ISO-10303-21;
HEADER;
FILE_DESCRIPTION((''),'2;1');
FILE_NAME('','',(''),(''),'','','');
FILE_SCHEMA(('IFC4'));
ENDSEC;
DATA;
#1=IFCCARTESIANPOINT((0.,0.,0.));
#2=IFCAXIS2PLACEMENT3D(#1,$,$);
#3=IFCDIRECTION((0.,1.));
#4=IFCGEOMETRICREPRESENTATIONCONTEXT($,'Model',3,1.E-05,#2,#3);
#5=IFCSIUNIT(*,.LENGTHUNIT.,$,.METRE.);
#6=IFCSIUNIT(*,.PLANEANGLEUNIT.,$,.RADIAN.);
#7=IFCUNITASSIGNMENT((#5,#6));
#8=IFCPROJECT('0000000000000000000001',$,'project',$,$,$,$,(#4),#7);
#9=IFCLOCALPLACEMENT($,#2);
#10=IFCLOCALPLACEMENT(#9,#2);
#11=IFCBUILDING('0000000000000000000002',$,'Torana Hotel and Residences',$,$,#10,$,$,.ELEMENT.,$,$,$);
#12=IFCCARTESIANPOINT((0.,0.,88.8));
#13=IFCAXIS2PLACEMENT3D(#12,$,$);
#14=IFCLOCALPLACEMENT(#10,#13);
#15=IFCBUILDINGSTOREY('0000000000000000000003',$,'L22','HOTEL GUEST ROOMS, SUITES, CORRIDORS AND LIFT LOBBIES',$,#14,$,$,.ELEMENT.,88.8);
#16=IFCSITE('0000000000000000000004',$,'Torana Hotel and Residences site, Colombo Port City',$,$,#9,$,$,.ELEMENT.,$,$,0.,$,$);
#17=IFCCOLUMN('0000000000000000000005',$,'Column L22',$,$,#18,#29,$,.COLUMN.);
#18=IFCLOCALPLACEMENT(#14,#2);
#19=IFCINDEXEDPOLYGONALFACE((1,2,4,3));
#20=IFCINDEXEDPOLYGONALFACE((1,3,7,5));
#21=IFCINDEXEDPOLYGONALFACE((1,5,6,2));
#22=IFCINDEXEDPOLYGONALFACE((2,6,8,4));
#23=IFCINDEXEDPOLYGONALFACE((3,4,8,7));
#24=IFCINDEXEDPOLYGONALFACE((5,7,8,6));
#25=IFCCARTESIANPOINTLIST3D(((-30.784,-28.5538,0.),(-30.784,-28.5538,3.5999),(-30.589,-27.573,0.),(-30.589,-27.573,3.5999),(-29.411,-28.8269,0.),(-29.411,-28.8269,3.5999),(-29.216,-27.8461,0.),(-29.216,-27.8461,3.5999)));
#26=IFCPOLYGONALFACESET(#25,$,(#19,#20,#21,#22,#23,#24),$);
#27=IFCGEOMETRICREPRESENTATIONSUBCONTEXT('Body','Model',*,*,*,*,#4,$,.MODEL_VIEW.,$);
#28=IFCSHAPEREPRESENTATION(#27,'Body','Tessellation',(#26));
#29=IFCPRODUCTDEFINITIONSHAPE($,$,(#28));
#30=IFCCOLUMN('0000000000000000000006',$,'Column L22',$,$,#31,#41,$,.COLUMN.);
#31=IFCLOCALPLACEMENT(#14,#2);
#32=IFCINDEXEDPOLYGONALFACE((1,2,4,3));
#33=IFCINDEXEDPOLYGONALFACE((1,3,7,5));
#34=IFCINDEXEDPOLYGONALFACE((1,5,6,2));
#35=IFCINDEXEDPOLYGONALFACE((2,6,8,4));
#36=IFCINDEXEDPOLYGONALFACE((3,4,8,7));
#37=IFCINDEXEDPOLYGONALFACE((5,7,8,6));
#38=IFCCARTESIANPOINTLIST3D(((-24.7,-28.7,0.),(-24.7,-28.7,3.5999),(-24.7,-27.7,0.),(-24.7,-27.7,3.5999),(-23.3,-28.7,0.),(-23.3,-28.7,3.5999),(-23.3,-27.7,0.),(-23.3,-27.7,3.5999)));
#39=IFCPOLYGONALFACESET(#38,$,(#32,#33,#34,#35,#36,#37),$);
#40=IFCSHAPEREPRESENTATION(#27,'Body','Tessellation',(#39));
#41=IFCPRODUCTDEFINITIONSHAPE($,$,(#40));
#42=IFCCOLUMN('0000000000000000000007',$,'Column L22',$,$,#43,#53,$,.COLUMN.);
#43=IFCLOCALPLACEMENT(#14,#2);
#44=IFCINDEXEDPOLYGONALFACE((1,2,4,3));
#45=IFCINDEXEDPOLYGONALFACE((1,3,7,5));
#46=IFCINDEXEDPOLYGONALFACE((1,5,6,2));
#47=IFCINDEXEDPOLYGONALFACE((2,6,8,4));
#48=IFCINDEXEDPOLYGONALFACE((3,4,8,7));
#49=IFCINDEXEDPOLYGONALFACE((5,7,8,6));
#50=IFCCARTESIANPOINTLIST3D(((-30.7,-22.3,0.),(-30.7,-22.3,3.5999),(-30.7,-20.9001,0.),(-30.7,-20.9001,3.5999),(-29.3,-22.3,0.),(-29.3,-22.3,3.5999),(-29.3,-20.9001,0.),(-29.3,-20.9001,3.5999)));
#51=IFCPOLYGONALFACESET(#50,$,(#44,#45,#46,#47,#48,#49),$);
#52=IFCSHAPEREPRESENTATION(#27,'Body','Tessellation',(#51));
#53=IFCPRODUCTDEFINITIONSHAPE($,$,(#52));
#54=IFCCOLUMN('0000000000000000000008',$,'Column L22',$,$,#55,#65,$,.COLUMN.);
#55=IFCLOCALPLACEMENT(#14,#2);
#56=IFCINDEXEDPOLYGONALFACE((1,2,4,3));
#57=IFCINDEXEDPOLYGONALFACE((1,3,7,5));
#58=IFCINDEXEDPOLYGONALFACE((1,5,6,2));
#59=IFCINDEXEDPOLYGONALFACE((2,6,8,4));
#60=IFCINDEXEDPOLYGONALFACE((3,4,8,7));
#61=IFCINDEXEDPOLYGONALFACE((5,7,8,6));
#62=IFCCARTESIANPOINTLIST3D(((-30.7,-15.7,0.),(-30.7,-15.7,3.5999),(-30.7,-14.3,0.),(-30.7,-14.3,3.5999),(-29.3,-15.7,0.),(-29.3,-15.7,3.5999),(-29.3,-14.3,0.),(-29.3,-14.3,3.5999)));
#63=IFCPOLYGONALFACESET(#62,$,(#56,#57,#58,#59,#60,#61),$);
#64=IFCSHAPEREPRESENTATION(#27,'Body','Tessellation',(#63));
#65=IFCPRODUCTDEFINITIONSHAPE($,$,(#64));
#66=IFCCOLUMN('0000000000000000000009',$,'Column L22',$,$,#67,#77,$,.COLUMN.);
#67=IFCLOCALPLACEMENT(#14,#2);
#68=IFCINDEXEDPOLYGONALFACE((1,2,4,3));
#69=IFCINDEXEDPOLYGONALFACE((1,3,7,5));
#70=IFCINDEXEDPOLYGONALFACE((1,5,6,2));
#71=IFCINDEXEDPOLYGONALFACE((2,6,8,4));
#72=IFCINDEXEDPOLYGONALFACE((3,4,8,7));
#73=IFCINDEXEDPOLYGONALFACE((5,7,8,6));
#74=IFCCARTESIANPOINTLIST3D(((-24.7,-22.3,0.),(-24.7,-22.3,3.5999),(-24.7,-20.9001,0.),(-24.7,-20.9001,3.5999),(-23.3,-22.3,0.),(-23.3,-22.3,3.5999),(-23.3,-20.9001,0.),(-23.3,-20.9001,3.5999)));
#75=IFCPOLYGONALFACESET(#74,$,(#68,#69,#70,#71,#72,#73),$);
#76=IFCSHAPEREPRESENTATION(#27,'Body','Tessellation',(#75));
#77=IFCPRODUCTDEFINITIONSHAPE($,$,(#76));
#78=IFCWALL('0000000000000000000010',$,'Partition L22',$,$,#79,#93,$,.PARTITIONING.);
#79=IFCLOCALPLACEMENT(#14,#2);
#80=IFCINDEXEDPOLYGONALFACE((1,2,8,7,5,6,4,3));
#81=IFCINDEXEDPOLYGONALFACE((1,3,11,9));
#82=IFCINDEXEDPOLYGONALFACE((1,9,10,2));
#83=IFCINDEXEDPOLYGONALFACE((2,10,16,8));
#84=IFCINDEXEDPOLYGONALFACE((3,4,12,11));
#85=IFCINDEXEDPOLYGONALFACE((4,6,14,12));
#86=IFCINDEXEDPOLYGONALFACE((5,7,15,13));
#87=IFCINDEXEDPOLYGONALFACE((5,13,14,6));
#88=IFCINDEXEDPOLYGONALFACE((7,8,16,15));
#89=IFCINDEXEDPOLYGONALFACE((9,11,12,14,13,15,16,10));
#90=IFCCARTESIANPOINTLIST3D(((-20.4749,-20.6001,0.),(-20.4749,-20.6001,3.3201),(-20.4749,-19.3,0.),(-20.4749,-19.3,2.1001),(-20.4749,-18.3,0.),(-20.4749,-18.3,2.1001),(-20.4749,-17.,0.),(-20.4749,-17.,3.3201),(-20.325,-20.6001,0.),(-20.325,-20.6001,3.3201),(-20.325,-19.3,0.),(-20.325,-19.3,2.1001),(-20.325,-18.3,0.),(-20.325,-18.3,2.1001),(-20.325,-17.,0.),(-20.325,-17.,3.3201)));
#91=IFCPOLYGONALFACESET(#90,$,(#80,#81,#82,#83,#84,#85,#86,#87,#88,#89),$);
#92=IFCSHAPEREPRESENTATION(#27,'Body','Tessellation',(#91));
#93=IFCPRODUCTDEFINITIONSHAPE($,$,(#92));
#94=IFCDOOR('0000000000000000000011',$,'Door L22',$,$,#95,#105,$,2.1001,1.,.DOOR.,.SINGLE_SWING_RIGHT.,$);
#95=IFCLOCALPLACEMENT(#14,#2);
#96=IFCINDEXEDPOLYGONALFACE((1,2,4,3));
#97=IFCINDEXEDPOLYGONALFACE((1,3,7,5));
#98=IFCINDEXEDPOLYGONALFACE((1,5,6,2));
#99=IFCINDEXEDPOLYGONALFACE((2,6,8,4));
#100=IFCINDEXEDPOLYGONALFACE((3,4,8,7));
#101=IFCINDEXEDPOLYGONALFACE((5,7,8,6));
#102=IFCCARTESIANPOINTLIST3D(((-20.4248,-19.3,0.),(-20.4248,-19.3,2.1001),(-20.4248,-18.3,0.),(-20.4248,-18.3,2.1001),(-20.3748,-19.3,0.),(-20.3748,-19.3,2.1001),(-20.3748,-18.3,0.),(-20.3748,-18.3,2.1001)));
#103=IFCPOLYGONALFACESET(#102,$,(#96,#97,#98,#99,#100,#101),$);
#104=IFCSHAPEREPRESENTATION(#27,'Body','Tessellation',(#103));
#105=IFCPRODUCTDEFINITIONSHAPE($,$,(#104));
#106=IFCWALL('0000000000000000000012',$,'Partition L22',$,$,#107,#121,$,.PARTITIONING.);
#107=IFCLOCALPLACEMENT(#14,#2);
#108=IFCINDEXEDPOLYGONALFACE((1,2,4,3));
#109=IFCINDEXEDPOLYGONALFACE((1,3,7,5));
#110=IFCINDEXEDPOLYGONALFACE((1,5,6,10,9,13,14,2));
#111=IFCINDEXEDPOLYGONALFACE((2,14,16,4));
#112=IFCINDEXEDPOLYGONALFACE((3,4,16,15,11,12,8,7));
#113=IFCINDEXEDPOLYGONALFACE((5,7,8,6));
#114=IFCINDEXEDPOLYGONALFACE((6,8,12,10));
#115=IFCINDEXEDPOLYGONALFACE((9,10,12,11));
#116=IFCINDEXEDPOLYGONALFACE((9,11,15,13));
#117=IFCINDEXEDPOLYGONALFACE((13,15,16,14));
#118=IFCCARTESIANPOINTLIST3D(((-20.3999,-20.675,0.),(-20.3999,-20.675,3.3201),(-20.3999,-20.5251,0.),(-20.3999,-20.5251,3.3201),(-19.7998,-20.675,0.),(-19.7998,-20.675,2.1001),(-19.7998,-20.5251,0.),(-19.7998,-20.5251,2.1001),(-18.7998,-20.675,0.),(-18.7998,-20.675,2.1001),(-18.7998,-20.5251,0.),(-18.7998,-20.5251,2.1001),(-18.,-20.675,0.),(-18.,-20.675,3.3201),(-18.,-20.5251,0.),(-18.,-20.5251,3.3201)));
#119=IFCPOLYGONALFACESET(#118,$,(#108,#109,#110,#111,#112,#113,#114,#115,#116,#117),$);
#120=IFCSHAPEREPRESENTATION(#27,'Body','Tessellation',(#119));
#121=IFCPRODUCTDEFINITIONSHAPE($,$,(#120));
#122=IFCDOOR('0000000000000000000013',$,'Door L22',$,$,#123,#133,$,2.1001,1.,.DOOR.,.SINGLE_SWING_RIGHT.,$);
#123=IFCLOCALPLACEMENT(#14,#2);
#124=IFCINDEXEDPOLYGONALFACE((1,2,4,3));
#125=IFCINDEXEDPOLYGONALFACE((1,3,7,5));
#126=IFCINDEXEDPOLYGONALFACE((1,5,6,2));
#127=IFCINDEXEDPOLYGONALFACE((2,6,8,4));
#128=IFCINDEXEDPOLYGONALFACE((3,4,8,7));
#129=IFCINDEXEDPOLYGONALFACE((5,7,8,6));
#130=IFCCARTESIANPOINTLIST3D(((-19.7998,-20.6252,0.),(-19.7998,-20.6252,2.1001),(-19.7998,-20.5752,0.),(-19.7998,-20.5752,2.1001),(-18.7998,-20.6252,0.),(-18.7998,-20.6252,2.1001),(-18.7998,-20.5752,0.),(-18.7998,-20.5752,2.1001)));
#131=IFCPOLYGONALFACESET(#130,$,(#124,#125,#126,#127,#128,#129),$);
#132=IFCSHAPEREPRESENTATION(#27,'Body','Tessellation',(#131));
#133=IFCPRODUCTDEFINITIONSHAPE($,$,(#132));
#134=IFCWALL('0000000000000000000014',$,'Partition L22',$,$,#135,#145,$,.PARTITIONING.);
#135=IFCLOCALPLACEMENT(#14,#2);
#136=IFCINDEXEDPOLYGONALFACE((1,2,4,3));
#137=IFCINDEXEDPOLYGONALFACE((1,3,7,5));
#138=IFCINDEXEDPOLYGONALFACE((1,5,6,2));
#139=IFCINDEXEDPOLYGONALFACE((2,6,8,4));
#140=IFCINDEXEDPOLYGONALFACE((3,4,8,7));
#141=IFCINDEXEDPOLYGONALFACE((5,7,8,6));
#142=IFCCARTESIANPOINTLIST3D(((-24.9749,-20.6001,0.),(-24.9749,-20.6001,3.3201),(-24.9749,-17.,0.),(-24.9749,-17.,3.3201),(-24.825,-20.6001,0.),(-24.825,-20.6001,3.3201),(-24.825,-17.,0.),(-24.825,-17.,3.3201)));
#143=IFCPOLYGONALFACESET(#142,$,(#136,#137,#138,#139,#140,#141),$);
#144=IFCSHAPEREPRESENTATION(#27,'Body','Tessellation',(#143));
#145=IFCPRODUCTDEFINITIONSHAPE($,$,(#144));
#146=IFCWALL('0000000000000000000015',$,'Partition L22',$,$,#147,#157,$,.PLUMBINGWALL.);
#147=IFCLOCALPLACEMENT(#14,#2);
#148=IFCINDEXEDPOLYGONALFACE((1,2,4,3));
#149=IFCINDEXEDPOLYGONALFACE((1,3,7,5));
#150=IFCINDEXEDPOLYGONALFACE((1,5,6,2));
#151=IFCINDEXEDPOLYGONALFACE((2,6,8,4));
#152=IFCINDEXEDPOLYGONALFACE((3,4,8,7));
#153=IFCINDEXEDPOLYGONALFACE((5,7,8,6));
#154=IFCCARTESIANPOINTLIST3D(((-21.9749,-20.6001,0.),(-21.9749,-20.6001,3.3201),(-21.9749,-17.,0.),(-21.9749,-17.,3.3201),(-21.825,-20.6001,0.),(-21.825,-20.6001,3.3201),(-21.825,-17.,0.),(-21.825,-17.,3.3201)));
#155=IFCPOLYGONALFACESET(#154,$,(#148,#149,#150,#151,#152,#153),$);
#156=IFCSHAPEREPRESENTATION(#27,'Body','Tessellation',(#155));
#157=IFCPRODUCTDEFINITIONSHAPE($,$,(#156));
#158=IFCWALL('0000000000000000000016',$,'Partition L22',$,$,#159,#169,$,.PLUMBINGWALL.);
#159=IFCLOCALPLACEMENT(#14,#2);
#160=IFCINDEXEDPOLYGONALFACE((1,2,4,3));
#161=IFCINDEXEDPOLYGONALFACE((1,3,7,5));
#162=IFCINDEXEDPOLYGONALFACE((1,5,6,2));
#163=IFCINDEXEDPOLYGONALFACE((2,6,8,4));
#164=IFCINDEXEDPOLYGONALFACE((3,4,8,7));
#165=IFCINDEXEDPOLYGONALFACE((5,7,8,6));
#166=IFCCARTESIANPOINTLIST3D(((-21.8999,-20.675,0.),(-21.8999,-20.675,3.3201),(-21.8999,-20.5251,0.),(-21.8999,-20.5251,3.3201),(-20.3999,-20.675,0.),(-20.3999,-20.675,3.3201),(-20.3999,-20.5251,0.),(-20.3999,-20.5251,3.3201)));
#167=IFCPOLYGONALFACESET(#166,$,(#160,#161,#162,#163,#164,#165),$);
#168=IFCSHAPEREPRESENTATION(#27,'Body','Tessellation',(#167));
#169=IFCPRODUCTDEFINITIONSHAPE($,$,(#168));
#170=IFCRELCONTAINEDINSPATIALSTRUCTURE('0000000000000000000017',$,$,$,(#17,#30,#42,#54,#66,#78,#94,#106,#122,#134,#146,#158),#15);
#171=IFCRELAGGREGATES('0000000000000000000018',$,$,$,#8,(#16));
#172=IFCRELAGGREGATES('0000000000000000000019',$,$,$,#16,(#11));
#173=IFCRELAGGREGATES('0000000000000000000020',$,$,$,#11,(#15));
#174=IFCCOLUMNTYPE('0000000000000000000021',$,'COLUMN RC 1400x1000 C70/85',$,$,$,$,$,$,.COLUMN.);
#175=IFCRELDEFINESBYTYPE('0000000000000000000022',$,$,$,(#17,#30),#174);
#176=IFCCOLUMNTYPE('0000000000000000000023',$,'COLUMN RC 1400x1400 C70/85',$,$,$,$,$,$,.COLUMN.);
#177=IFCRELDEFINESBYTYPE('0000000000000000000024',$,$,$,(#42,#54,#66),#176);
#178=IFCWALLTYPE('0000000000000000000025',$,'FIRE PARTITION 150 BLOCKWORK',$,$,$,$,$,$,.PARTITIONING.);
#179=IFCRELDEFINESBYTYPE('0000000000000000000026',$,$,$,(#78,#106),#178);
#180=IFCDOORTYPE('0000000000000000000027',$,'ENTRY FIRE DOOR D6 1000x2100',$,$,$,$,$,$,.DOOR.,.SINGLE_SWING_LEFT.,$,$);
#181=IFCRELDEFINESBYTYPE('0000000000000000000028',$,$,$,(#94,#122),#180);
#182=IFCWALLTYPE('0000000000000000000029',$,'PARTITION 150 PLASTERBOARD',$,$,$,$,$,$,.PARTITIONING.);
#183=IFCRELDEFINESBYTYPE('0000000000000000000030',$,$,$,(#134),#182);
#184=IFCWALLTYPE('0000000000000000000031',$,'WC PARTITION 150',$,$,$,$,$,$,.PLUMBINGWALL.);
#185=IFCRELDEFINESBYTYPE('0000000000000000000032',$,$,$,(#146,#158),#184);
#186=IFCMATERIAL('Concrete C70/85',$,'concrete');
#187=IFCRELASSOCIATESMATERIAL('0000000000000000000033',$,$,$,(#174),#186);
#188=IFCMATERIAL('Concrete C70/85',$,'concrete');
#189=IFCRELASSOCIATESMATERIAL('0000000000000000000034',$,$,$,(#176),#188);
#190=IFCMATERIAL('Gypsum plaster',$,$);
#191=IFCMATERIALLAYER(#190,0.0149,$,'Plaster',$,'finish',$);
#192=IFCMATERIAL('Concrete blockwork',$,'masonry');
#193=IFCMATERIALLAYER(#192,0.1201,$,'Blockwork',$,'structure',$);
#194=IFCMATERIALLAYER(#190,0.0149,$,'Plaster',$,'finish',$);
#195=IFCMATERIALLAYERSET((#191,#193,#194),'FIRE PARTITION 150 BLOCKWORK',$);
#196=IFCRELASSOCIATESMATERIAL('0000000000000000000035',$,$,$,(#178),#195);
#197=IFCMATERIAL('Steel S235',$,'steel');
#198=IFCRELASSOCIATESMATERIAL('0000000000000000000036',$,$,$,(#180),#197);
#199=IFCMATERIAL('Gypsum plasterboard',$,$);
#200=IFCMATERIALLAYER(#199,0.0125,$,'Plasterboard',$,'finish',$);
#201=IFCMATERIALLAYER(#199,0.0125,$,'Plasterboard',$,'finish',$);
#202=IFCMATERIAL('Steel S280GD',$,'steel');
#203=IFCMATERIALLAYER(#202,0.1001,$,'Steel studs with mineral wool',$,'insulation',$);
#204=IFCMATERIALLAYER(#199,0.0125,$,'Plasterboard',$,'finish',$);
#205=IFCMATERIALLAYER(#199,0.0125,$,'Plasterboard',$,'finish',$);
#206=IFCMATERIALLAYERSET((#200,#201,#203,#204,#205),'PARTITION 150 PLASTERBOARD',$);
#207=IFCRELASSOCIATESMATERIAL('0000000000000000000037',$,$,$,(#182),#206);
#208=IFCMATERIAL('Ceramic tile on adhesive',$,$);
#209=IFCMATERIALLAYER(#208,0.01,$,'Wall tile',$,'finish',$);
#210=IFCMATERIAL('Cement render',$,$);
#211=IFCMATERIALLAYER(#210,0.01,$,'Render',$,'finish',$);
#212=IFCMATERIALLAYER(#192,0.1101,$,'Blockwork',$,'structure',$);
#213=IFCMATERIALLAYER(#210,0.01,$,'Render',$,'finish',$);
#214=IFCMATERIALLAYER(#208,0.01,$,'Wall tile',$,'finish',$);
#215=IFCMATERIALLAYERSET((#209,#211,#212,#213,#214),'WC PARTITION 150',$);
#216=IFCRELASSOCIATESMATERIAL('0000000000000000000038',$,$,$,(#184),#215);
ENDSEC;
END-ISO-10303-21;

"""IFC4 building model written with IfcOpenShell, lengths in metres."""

from ifc_helpers import new_model, si_unit, direction, frame, frame_2d, origin, origin_2d, place, context, subcontext, project, spatial, rectangle, extrude, material, layer, layer_set, material_profile, profile_set, type_object, element, fill, save


model = new_model("IFC4")

# Units and contexts
model_context = context("Model", 3, precision=1e-05, world=origin(), true_north=direction((0.0, 1.0)))
body_context = subcontext(model_context, "Body", "Model", "MODEL_VIEW")
ifc_project = project(units=[si_unit("LENGTHUNIT", "METRE"), si_unit("PLANEANGLEUNIT", "RADIAN")], contexts=[model_context])

# Site, building, storey
site_placement = place(None, origin())
site = spatial("IfcSite", under=ifc_project, at=site_placement, Name="Torana Hotel and Residences site, Colombo Port City", CompositionType="ELEMENT", RefElevation=0.0)
building_placement = place(site_placement, origin())
building = spatial("IfcBuilding", under=site, at=building_placement, Name="Torana Hotel and Residences", CompositionType="ELEMENT")
storey_placement = place(building_placement, frame((0.0, 0.0, 88.8)))
storey = spatial("IfcBuildingStorey", under=building, at=storey_placement, Name="L22", Description="HOTEL GUEST ROOMS, SUITES, CORRIDORS AND LIFT LOBBIES", CompositionType="ELEMENT", Elevation=88.8)

# Columns
ifc_material_1 = material(Name="Concrete C70/85", Category="concrete")
ifc_material_profile_1 = material_profile(ifc_material_1, rectangle(XDim=1.3999, YDim=1.0, at=origin_2d()), Name="RC 1400x1000")
ifc_profile_set_1 = profile_set([ifc_material_profile_1], Name="Concrete C70/85")
column_type_1 = type_object("IfcColumnType", Name="COLUMN RC 1400x1000 C70/85", PredefinedType="COLUMN", material=ifc_profile_set_1)
for number, where, z_axis, x_axis, name in (
    (1, (-30.0, -28.2, 0.0), (0.0, 0.0, 1.0), (-0.980792, 0.195056, 0.0), "Column L22"),
    (2, (-24.0, -28.2, 0.0), (0.0, 0.0, 1.0), (1.0, 0.0, 0.0), "Column L22"),
):
    element("IfcColumn", number, at=place(storey_placement, frame(where, z_axis=z_axis, x_axis=x_axis)), inside=storey, type_object=column_type_1, Name=name, PredefinedType="COLUMN", context=body_context, shape_type="SweptSolid", body=[
        extrude(rectangle(XDim=1.3999, YDim=1.0, at=origin_2d()), origin(), (0.0, 0.0, 1.0), 3.5999),
    ])
ifc_material_2 = material(Name="Concrete C70/85", Category="concrete")
ifc_material_profile_2 = material_profile(ifc_material_2, rectangle(XDim=1.3999, YDim=1.3999, at=origin_2d()), Name="RC 1400x1400")
ifc_profile_set_2 = profile_set([ifc_material_profile_2], Name="Concrete C70/85")
column_type_2 = type_object("IfcColumnType", Name="COLUMN RC 1400x1400 C70/85", PredefinedType="COLUMN", material=ifc_profile_set_2)
for number, where, z_axis, x_axis, name in (
    (3, (-30.0, -21.6001, 0.0), (0.0, 0.0, 1.0), (1.0, 0.0, 0.0), "Column L22"),
    (4, (-30.0, -15.0, 0.0), (0.0, 0.0, 1.0), (1.0, 0.0, 0.0), "Column L22"),
    (5, (-24.0, -21.6001, 0.0), (0.0, 0.0, 1.0), (1.0, 0.0, 0.0), "Column L22"),
):
    element("IfcColumn", number, at=place(storey_placement, frame(where, z_axis=z_axis, x_axis=x_axis)), inside=storey, type_object=column_type_2, Name=name, PredefinedType="COLUMN", context=body_context, shape_type="SweptSolid", body=[
        extrude(rectangle(XDim=1.3999, YDim=1.3999, at=origin_2d()), origin(), (0.0, 0.0, 1.0), 3.5999),
    ])

# Walls, openings, doors
ifc_material_3 = material(Name="Gypsum plaster")
ifc_layer_1 = layer(ifc_material_3, 0.0149, Name="Plaster", Category="finish")
ifc_material_4 = material(Name="Concrete blockwork", Category="masonry")
ifc_layer_2 = layer(ifc_material_4, 0.1201, Name="Blockwork", Category="structure")
ifc_layer_3 = layer(ifc_material_3, 0.0149, Name="Plaster", Category="finish")
ifc_layer_set_1 = layer_set([ifc_layer_1, ifc_layer_2, ifc_layer_3], Name="FIRE PARTITION 150 BLOCKWORK")
wall_type_1 = type_object("IfcWallType", Name="FIRE PARTITION 150 BLOCKWORK", PredefinedType="PARTITIONING", material=ifc_layer_set_1)
wall_1_placement = place(storey_placement, frame((-20.3999, -20.6001, 0.0), z_axis=(0.0, 0.0, 1.0), x_axis=(0.0, 1.0, 0.0)))
wall_1 = element("IfcWall", 6, at=wall_1_placement, inside=storey, type_object=wall_type_1, Name="Partition L22", PredefinedType="PARTITIONING", context=body_context, shape_type="SweptSolid", body=[
    extrude(rectangle(XDim=3.6001, YDim=0.1499, at=frame_2d((1.8, 0.0))), origin(), (0.0, 0.0, 1.0), 3.3201),
])
opening_1_placement = place(wall_1_placement, frame((1.3, 0.0, 0.0)))
opening_1 = element("IfcOpeningElement", 7, at=opening_1_placement, cuts=wall_1, PredefinedType="OPENING", context=body_context, shape_type="SweptSolid", body=[
    extrude(rectangle(XDim=1.0, YDim=2.1001, at=frame_2d((0.5, 1.05))), frame((0.0, 0.085, 0.0), z_axis=(0.0, -1.0, 0.0), x_axis=(1.0, 0.0, 0.0)), (0.0, 0.0, 1.0), 0.1699),
])
ifc_material_5 = material(Name="Steel S235", Category="steel")
door_type = type_object("IfcDoorType", Name="ENTRY FIRE DOOR D6 1000x2100", OperationType="SINGLE_SWING_LEFT", PredefinedType="DOOR", material=ifc_material_5)
door_1_placement = place(opening_1_placement, origin())
door_1 = element("IfcDoor", 8, at=door_1_placement, inside=storey, type_object=door_type, Name="Door L22", OperationType="SINGLE_SWING_RIGHT", OverallHeight=2.1001, OverallWidth=1.0, PredefinedType="DOOR", context=body_context, shape_type="SweptSolid", body=[
    extrude(rectangle(XDim=1.0, YDim=2.1001, at=frame_2d((0.5, 1.05))), frame((0.0, 0.0249, 0.0), z_axis=(0.0, -1.0, 0.0), x_axis=(1.0, 0.0, 0.0)), (0.0, 0.0, 1.0), 0.05),
])
fill(opening_1, door_1)
wall_2_placement = place(storey_placement, frame((-20.3999, -20.6001, 0.0), z_axis=(0.0, 0.0, 1.0), x_axis=(1.0, 0.0, 0.0)))
wall_2 = element("IfcWall", 9, at=wall_2_placement, inside=storey, type_object=wall_type_1, Name="Partition L22", PredefinedType="PARTITIONING", context=body_context, shape_type="SweptSolid", body=[
    extrude(rectangle(XDim=2.3999, YDim=0.1499, at=frame_2d((1.2, 0.0))), origin(), (0.0, 0.0, 1.0), 3.3201),
])
opening_2_placement = place(wall_2_placement, frame((0.6001, 0.0, 0.0)))
opening_2 = element("IfcOpeningElement", 10, at=opening_2_placement, cuts=wall_2, PredefinedType="OPENING", context=body_context, shape_type="SweptSolid", body=[
    extrude(rectangle(XDim=1.0, YDim=2.1001, at=frame_2d((0.5, 1.05))), frame((0.0, 0.085, 0.0), z_axis=(0.0, -1.0, 0.0), x_axis=(1.0, 0.0, 0.0)), (0.0, 0.0, 1.0), 0.1699),
])
door_2_placement = place(opening_2_placement, frame((0.5, 0.0, 0.0), z_axis=(0.0, 0.0, 1.0), x_axis=(-1.0, 0.0, 0.0)))
door_2 = element("IfcDoor", 11, at=door_2_placement, inside=storey, type_object=door_type, Name="Door L22", OperationType="SINGLE_SWING_RIGHT", OverallHeight=2.1001, OverallWidth=1.0, PredefinedType="DOOR", context=body_context, shape_type="SweptSolid", body=[
    extrude(rectangle(XDim=1.0, YDim=2.1001, at=frame_2d((0.0, 1.05))), frame((0.0, -0.0249, 0.0), z_axis=(0.0, 1.0, 0.0), x_axis=(-1.0, 0.0, 0.0)), (0.0, 0.0, 1.0), 0.05),
])
fill(opening_2, door_2)

# Walls
ifc_material_6 = material(Name="Gypsum plasterboard")
ifc_layer_4 = layer(ifc_material_6, 0.0125, Name="Plasterboard", Category="finish")
ifc_layer_5 = layer(ifc_material_6, 0.0125, Name="Plasterboard", Category="finish")
ifc_material_7 = material(Name="Steel S280GD", Category="steel")
ifc_layer_6 = layer(ifc_material_7, 0.1001, Name="Steel studs with mineral wool", Category="insulation")
ifc_layer_7 = layer(ifc_material_6, 0.0125, Name="Plasterboard", Category="finish")
ifc_layer_8 = layer(ifc_material_6, 0.0125, Name="Plasterboard", Category="finish")
ifc_layer_set_2 = layer_set([ifc_layer_4, ifc_layer_5, ifc_layer_6, ifc_layer_7, ifc_layer_8], Name="PARTITION 150 PLASTERBOARD")
wall_type_2 = type_object("IfcWallType", Name="PARTITION 150 PLASTERBOARD", PredefinedType="PARTITIONING", material=ifc_layer_set_2)
wall_3_placement = place(storey_placement, frame((-24.8999, -20.6001, 0.0), z_axis=(0.0, 0.0, 1.0), x_axis=(0.0, 1.0, 0.0)))
element("IfcWall", 12, at=wall_3_placement, inside=storey, type_object=wall_type_2, Name="Partition L22", PredefinedType="PARTITIONING", context=body_context, shape_type="SweptSolid", body=[
    extrude(rectangle(XDim=3.6001, YDim=0.1499, at=frame_2d((1.8, 0.0))), origin(), (0.0, 0.0, 1.0), 3.3201),
])
ifc_material_8 = material(Name="Ceramic tile on adhesive")
ifc_layer_9 = layer(ifc_material_8, 0.01, Name="Wall tile", Category="finish")
ifc_material_9 = material(Name="Cement render")
ifc_layer_10 = layer(ifc_material_9, 0.01, Name="Render", Category="finish")
ifc_layer_11 = layer(ifc_material_4, 0.1101, Name="Blockwork", Category="structure")
ifc_layer_12 = layer(ifc_material_9, 0.01, Name="Render", Category="finish")
ifc_layer_13 = layer(ifc_material_8, 0.01, Name="Wall tile", Category="finish")
ifc_layer_set_3 = layer_set([ifc_layer_9, ifc_layer_10, ifc_layer_11, ifc_layer_12, ifc_layer_13], Name="WC PARTITION 150")
wall_type_3 = type_object("IfcWallType", Name="WC PARTITION 150", PredefinedType="PLUMBINGWALL", material=ifc_layer_set_3)
wall_4_placement = place(storey_placement, frame((-21.8999, -20.6001, 0.0), z_axis=(0.0, 0.0, 1.0), x_axis=(0.0, 1.0, 0.0)))
element("IfcWall", 13, at=wall_4_placement, inside=storey, type_object=wall_type_3, Name="Partition L22", PredefinedType="PLUMBINGWALL", context=body_context, shape_type="SweptSolid", body=[
    extrude(rectangle(XDim=3.6001, YDim=0.1499, at=frame_2d((1.8, 0.0))), origin(), (0.0, 0.0, 1.0), 3.3201),
])
wall_5_placement = place(storey_placement, frame((-21.8999, -20.6001, 0.0), z_axis=(0.0, 0.0, 1.0), x_axis=(1.0, 0.0, 0.0)))
element("IfcWall", 14, at=wall_5_placement, inside=storey, type_object=wall_type_3, Name="Partition L22", PredefinedType="PLUMBINGWALL", context=body_context, shape_type="SweptSolid", body=[
    extrude(rectangle(XDim=1.5, YDim=0.1499, at=frame_2d((0.75, 0.0))), origin(), (0.0, 0.0, 1.0), 3.3201),
])

save(model, "model.ifc")
